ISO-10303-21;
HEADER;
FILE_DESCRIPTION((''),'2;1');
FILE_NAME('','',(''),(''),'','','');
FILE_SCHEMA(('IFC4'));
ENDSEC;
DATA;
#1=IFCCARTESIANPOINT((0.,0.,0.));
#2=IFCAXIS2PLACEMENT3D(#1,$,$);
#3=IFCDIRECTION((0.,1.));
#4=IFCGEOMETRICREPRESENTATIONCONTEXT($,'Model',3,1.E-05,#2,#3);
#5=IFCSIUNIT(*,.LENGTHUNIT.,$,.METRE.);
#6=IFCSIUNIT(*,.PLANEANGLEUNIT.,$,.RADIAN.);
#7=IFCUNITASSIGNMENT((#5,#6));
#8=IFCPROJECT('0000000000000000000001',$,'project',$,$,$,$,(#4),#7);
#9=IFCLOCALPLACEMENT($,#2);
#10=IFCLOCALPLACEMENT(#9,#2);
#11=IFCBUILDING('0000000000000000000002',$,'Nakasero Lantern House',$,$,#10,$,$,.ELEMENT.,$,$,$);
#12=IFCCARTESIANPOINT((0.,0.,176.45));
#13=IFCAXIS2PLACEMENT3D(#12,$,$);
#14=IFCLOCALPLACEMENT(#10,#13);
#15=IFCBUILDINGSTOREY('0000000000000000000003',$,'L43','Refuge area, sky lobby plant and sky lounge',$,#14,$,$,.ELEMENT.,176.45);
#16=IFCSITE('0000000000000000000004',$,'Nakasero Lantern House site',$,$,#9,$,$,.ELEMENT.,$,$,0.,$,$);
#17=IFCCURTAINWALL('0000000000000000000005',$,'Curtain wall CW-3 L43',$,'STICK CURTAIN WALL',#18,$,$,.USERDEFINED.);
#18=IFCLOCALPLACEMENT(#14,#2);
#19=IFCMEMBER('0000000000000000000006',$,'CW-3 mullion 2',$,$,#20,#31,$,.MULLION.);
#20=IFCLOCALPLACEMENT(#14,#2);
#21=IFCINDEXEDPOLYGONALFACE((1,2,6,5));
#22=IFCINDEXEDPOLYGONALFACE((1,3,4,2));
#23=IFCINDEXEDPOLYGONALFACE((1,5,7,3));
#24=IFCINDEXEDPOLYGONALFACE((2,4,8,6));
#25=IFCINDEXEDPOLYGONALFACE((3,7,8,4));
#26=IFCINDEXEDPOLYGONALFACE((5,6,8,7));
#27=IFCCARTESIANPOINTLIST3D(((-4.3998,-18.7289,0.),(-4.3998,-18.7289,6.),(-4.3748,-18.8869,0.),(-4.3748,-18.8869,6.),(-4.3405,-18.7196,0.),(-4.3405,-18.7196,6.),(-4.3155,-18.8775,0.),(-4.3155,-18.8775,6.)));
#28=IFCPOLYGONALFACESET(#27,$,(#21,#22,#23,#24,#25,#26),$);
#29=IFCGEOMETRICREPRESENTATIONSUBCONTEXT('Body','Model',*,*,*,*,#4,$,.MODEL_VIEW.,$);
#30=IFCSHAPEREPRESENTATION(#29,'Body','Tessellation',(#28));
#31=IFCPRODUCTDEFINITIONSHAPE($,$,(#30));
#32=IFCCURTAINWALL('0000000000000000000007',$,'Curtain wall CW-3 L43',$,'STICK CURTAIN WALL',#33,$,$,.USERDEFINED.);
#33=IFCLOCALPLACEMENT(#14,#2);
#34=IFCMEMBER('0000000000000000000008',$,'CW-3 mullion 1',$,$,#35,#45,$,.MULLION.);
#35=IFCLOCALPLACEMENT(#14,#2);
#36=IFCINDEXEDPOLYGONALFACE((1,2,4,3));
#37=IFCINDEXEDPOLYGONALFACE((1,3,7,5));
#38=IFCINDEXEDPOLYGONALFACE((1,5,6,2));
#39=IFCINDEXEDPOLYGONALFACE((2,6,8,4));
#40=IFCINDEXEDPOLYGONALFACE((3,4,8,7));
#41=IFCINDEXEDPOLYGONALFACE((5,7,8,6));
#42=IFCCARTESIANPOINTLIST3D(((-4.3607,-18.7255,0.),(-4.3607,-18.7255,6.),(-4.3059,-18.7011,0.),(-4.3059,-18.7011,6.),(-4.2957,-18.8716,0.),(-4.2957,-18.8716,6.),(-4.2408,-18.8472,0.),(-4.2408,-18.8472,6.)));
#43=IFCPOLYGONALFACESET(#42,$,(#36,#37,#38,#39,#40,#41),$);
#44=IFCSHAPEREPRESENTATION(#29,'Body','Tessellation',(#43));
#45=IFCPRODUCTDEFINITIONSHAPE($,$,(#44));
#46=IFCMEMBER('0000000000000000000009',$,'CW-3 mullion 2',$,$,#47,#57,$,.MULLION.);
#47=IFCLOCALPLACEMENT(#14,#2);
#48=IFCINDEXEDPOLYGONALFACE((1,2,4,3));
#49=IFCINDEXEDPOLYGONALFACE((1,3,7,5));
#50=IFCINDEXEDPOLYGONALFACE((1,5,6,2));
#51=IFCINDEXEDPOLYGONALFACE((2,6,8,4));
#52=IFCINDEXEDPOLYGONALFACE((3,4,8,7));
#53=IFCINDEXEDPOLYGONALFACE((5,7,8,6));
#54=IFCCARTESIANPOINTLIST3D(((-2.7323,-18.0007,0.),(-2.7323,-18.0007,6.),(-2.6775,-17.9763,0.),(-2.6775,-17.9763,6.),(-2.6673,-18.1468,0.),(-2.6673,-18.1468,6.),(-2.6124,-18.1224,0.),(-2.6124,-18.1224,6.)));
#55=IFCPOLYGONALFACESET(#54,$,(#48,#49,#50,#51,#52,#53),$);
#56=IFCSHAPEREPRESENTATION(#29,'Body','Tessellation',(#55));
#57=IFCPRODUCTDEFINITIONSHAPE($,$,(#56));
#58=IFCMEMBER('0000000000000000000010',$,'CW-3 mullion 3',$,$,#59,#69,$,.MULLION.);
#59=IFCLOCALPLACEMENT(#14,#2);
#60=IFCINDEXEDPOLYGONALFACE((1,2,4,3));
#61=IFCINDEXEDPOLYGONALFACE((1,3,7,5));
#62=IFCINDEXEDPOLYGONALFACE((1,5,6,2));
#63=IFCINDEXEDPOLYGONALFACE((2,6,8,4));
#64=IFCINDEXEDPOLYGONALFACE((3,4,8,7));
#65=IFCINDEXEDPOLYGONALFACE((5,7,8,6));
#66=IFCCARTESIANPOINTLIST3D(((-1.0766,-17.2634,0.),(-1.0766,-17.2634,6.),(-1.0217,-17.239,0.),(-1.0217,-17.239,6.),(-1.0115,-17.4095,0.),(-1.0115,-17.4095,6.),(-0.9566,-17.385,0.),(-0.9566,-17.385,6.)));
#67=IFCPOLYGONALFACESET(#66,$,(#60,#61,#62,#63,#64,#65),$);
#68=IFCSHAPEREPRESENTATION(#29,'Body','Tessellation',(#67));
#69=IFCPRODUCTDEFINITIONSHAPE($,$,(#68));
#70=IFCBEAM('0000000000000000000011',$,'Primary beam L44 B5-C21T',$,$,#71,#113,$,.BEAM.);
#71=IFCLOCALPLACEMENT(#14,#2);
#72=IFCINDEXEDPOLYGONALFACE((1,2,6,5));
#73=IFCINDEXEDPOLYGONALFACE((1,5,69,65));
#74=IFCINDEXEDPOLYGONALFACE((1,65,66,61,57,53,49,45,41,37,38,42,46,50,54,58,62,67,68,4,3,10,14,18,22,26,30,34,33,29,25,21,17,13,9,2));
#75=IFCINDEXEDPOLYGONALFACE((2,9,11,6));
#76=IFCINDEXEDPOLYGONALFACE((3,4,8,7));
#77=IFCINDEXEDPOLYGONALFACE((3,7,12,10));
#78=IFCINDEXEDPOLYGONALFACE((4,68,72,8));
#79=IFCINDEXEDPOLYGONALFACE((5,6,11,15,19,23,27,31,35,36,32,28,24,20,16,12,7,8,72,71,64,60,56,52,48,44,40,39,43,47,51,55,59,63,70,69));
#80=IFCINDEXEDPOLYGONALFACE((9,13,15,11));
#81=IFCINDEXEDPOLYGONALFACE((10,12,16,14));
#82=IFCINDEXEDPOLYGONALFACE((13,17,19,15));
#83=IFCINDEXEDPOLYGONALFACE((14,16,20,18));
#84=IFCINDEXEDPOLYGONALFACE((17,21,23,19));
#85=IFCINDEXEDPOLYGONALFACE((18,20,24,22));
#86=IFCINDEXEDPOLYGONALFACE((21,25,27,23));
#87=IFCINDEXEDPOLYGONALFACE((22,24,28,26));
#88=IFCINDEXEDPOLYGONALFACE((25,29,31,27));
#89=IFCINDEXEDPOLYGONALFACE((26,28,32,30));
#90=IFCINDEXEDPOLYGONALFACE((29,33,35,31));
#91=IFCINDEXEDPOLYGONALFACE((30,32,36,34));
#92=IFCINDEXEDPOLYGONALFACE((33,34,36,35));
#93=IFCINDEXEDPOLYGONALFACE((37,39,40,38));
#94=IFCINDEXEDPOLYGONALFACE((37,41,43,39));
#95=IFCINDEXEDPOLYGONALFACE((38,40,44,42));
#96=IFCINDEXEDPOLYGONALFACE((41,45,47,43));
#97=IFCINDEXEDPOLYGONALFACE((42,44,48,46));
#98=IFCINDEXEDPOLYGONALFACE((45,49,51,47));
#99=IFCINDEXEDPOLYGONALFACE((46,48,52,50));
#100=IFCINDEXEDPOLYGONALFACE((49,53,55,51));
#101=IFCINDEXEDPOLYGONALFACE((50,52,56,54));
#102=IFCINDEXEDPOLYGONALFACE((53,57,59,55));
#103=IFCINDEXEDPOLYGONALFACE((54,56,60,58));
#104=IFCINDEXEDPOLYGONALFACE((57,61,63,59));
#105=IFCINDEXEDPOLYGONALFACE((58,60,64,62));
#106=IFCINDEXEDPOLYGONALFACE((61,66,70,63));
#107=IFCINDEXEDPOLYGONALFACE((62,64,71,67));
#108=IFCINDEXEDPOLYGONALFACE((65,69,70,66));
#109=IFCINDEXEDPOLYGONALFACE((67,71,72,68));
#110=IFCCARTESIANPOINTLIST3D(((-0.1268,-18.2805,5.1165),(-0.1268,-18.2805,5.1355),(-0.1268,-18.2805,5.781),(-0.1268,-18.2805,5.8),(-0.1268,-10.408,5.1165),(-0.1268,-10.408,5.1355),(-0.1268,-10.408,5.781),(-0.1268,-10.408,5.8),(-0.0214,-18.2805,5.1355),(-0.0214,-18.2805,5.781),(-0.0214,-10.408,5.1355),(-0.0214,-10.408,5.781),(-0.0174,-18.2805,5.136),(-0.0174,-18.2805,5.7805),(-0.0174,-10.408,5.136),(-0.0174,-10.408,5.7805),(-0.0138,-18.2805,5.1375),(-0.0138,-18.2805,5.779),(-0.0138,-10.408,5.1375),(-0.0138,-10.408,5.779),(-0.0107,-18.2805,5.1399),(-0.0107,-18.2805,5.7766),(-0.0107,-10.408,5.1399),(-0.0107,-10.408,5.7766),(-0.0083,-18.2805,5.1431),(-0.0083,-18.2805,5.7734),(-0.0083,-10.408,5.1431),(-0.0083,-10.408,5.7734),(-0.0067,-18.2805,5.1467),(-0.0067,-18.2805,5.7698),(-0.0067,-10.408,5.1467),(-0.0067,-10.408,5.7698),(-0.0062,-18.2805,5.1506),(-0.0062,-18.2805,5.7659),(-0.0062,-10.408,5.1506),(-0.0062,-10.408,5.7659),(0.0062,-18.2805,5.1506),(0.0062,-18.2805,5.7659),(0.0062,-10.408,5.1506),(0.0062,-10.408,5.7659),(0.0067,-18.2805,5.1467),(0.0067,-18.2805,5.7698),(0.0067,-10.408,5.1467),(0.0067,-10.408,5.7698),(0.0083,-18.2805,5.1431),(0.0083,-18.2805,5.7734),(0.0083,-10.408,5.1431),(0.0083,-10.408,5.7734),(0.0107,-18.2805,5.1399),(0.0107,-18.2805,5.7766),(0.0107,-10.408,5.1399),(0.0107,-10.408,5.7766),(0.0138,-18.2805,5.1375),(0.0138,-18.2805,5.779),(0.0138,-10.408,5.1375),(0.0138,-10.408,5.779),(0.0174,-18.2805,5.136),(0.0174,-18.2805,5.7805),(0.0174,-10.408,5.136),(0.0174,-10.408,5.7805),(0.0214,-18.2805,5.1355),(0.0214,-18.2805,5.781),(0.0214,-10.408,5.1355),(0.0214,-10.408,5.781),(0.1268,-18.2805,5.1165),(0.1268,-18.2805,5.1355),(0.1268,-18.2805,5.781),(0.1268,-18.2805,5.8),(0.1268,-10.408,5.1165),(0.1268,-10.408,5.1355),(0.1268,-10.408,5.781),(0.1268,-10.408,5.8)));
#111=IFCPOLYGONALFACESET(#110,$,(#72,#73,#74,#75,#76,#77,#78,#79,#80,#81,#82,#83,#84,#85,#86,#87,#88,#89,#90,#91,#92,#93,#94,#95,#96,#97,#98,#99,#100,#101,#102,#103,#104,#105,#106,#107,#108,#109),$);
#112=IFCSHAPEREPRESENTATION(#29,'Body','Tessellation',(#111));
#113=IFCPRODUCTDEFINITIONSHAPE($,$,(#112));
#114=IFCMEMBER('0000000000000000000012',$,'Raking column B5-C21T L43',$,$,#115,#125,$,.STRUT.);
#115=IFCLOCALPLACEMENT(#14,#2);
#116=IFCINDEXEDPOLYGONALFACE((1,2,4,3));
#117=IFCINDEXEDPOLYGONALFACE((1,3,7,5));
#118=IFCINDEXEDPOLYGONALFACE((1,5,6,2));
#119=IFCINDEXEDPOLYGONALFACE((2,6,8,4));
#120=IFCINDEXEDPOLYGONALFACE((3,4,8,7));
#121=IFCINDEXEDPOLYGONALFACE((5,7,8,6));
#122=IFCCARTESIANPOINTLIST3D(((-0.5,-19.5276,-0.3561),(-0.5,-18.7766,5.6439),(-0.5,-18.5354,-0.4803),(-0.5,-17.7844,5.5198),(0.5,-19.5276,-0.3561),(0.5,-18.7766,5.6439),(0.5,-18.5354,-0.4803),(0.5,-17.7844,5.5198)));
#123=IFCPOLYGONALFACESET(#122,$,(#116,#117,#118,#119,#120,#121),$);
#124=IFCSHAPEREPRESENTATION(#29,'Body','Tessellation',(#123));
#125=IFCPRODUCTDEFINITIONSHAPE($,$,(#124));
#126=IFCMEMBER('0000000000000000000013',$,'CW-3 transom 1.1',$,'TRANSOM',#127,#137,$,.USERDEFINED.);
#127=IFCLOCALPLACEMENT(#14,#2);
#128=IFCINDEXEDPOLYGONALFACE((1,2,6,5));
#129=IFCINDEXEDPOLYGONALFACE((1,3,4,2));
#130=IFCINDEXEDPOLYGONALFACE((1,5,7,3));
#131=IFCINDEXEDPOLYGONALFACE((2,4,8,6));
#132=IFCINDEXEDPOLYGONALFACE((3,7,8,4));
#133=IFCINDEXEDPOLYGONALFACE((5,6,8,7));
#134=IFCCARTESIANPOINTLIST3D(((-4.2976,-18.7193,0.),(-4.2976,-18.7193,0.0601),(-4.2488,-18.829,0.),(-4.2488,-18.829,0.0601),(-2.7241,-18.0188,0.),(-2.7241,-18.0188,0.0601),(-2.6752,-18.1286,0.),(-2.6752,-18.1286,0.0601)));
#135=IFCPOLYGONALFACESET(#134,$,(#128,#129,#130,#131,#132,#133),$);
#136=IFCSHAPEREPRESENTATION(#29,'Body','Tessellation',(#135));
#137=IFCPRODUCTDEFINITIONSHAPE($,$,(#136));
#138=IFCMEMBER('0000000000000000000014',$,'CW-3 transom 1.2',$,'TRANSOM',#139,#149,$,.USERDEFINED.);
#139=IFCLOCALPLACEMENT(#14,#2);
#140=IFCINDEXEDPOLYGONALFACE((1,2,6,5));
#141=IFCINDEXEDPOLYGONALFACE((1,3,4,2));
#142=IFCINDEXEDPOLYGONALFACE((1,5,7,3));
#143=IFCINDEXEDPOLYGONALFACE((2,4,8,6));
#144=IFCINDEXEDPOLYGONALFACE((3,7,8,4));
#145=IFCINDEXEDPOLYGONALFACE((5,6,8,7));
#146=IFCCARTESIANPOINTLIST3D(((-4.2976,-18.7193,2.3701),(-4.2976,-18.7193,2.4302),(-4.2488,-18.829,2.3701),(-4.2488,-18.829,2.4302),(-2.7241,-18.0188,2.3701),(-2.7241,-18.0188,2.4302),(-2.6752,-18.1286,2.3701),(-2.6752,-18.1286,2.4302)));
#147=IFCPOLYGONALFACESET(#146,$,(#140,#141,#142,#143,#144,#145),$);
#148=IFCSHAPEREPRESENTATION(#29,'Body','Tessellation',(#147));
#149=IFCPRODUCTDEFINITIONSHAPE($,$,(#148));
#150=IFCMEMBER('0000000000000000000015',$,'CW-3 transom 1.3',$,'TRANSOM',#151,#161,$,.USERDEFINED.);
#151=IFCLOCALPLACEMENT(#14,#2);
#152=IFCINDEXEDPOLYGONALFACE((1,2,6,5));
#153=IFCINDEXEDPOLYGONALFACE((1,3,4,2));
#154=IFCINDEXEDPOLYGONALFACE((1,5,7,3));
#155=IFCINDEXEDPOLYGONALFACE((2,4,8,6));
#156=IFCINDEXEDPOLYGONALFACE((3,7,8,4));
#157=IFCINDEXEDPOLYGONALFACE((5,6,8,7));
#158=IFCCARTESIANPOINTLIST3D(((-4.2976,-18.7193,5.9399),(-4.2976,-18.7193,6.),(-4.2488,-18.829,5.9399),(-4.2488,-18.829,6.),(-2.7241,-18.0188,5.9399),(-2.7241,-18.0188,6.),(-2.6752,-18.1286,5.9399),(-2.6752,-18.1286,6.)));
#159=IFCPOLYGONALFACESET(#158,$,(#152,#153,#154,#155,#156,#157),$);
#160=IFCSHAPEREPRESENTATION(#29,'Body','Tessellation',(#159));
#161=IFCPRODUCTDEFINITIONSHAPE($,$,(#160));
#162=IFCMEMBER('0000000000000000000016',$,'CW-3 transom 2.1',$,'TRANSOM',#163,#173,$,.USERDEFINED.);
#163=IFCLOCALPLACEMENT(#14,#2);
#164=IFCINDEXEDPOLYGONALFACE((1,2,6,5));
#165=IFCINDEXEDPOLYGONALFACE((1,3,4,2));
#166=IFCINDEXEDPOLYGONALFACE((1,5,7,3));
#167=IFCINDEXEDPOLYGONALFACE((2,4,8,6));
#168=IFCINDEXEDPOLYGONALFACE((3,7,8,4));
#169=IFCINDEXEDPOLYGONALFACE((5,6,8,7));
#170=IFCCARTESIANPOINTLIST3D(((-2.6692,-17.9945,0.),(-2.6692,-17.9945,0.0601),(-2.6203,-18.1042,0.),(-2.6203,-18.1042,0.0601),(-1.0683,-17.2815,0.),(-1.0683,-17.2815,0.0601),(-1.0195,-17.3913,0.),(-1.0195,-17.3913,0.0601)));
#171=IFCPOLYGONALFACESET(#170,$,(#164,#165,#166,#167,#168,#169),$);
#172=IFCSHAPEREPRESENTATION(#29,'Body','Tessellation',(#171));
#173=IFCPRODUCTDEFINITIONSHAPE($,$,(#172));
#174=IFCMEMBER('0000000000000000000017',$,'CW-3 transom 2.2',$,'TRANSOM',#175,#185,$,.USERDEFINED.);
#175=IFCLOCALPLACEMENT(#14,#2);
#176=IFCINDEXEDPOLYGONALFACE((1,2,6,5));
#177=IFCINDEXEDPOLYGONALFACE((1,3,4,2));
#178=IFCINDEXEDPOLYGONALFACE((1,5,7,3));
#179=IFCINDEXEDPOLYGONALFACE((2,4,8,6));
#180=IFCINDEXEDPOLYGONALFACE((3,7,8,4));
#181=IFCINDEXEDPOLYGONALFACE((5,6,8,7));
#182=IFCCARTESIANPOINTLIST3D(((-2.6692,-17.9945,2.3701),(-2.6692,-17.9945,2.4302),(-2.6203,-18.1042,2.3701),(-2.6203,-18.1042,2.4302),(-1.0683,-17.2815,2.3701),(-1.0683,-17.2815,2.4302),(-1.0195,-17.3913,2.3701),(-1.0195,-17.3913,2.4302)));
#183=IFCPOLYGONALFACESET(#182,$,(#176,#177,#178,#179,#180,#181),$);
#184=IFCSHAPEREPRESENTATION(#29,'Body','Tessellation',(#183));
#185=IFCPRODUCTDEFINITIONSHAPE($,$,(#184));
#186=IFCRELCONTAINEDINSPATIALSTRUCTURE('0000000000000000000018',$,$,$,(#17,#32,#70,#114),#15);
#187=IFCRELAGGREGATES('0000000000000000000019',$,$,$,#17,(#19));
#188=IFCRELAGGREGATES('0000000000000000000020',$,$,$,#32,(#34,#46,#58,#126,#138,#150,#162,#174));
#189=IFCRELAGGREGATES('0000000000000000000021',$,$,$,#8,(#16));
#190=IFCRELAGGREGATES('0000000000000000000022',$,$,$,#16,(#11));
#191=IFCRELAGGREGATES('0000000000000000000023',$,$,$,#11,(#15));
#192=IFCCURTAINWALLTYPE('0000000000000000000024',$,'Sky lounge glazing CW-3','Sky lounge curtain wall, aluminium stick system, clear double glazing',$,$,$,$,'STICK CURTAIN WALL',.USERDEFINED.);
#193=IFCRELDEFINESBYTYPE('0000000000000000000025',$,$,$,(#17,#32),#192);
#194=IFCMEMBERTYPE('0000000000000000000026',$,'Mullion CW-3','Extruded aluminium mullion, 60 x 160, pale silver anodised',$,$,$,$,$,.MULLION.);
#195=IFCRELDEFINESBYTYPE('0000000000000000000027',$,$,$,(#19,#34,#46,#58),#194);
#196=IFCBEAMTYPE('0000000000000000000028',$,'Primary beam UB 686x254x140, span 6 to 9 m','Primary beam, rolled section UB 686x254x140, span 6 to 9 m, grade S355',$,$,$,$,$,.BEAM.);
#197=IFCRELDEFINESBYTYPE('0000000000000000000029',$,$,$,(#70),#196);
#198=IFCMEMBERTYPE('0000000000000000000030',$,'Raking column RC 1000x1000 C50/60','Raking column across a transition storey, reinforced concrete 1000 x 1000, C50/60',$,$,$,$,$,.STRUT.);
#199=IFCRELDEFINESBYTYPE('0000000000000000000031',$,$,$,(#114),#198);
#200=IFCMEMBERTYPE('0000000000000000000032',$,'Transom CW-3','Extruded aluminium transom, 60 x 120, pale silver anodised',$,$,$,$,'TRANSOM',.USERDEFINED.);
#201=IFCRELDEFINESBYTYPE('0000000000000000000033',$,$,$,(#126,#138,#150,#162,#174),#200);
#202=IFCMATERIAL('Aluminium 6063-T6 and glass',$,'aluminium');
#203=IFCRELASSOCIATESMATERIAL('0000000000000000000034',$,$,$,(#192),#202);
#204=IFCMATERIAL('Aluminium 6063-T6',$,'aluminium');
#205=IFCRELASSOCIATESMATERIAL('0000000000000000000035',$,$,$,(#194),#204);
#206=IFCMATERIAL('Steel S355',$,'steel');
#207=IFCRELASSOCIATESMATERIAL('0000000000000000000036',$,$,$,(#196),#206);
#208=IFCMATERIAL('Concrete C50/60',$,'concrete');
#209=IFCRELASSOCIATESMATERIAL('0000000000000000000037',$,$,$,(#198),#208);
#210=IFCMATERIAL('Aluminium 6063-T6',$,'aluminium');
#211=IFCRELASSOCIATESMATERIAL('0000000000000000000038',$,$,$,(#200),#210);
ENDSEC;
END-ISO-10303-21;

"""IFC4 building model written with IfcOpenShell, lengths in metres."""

from ifc_helpers import new_model, si_unit, direction, frame, origin, origin_2d, place, context, subcontext, project, spatial, rectangle, i_section, extrude, material, material_profile, profile_set, type_object, element, aggregate, save


model = new_model("IFC4")

# Units and contexts
model_context = context("Model", 3, precision=1e-05, world=origin(), true_north=direction((0.0, 1.0)))
body_context = subcontext(model_context, "Body", "Model", "MODEL_VIEW")
ifc_project = project(units=[si_unit("LENGTHUNIT", "METRE"), si_unit("PLANEANGLEUNIT", "RADIAN")], contexts=[model_context])

# Site, building, storey
site_placement = place(None, origin())
site = spatial("IfcSite", under=ifc_project, at=site_placement, Name="Nakasero Lantern House site", CompositionType="ELEMENT", RefElevation=0.0)
building_placement = place(site_placement, origin())
building = spatial("IfcBuilding", under=site, at=building_placement, Name="Nakasero Lantern House", CompositionType="ELEMENT")
storey_placement = place(building_placement, frame((0.0, 0.0, 176.45)))
storey = spatial("IfcBuildingStorey", under=building, at=storey_placement, Name="L43", Description="Refuge area, sky lobby plant and sky lounge", CompositionType="ELEMENT", Elevation=176.45)

# Curtain wall, member
ifc_material_1 = material(Name="Aluminium 6063-T6 and glass", Category="aluminium")
curtain_wall_type = type_object("IfcCurtainWallType", Name="Sky lounge glazing CW-3", Description="Sky lounge curtain wall, aluminium stick system, clear double glazing", ElementType="STICK CURTAIN WALL", PredefinedType="USERDEFINED", material=ifc_material_1)
curtain_wall_1_placement = place(storey_placement, origin())
curtain_wall_1 = element("IfcCurtainWall", 1, at=curtain_wall_1_placement, inside=storey, type_object=curtain_wall_type, Name="Curtain wall CW-3 L43", ObjectType="STICK CURTAIN WALL", PredefinedType="USERDEFINED")
ifc_material_2 = material(Name="Aluminium 6063-T6", Category="aluminium")
ifc_material_profile_1 = material_profile(ifc_material_2, rectangle(XDim=0.0601, YDim=0.1599, at=origin_2d()), Name="CW-3 mullion 60x160")
ifc_profile_set_1 = profile_set([ifc_material_profile_1], Name="Aluminium 6063-T6")
member_type_1 = type_object("IfcMemberType", Name="Mullion CW-3", Description="Extruded aluminium mullion, 60 x 160, pale silver anodised", PredefinedType="MULLION", material=ifc_profile_set_1)
member_1_placement = place(storey_placement, frame((-4.3577, -18.8032, 0.0), z_axis=(0.0, 0.0, 1.0), x_axis=(0.987688, 0.156434, 0.0)))
member_1 = element("IfcMember", 2, at=member_1_placement, type_object=member_type_1, Name="CW-3 mullion 2", PredefinedType="MULLION", context=body_context, shape_type="SweptSolid", body=[
    extrude(rectangle(XDim=0.0601, YDim=0.1599, at=origin_2d()), origin(), (0.0, 0.0, 1.0), 6.0),
])
aggregate(curtain_wall_1, [member_1])

# Curtain wall, members
curtain_wall_2_placement = place(storey_placement, origin())
curtain_wall_2 = element("IfcCurtainWall", 3, at=curtain_wall_2_placement, inside=storey, type_object=curtain_wall_type, Name="Curtain wall CW-3 L43", ObjectType="STICK CURTAIN WALL", PredefinedType="USERDEFINED")
member_2_placement = place(storey_placement, frame((-4.3008, -18.7864, 0.0), z_axis=(0.0, 0.0, 1.0), x_axis=(0.913545, 0.406737, 0.0)))
member_2 = element("IfcMember", 4, at=member_2_placement, type_object=member_type_1, Name="CW-3 mullion 1", PredefinedType="MULLION", context=body_context, shape_type="SweptSolid", body=[
    extrude(rectangle(XDim=0.0601, YDim=0.1599, at=origin_2d()), origin(), (0.0, 0.0, 1.0), 6.0),
])
member_3_placement = place(storey_placement, frame((-2.6724, -18.0615, 0.0), z_axis=(0.0, 0.0, 1.0), x_axis=(0.913545, 0.406737, 0.0)))
member_3 = element("IfcMember", 5, at=member_3_placement, type_object=member_type_1, Name="CW-3 mullion 2", PredefinedType="MULLION", context=body_context, shape_type="SweptSolid", body=[
    extrude(rectangle(XDim=0.0601, YDim=0.1599, at=origin_2d()), origin(), (0.0, 0.0, 1.0), 6.0),
])
member_4_placement = place(storey_placement, frame((-1.0166, -17.3242, 0.0), z_axis=(0.0, 0.0, 1.0), x_axis=(0.913545, 0.406737, 0.0)))
member_4 = element("IfcMember", 6, at=member_4_placement, type_object=member_type_1, Name="CW-3 mullion 3", PredefinedType="MULLION", context=body_context, shape_type="SweptSolid", body=[
    extrude(rectangle(XDim=0.0601, YDim=0.1599, at=origin_2d()), origin(), (0.0, 0.0, 1.0), 6.0),
])

# Beam
ifc_material_3 = material(Name="Steel S355", Category="steel")
ifc_material_profile_2 = material_profile(ifc_material_3, i_section(OverallWidth=0.2537, OverallDepth=0.6836, WebThickness=0.0125, FlangeThickness=0.019, FilletRadius=0.0151, at=origin_2d()), Name="UB 686x254x140")
ifc_profile_set_2 = profile_set([ifc_material_profile_2], Name="Steel S355")
beam_type = type_object("IfcBeamType", Name="Primary beam UB 686x254x140, span 6 to 9 m", Description="Primary beam, rolled section UB 686x254x140, span 6 to 9 m, grade S355", PredefinedType="BEAM", material=ifc_profile_set_2)
beam_placement = place(storey_placement, frame((0.0, -18.2805, 5.4583), z_axis=(0.0, 1.0, 0.0), x_axis=(-1.0, 0.0, 0.0)))
element("IfcBeam", 7, at=beam_placement, inside=storey, type_object=beam_type, Name="Primary beam L44 B5-C21T", PredefinedType="BEAM", context=body_context, shape_type="SweptSolid", body=[
    extrude(i_section(OverallWidth=0.2537, OverallDepth=0.6836, WebThickness=0.0125, FlangeThickness=0.019, FilletRadius=0.0151, at=origin_2d()), origin(), (0.0, 0.0, 1.0), 7.8726),
])

# Members
ifc_material_4 = material(Name="Concrete C50/60", Category="concrete")
ifc_material_profile_3 = material_profile(ifc_material_4, rectangle(XDim=1.0, YDim=1.0, at=origin_2d()), Name="RC 1000x1000")
ifc_profile_set_3 = profile_set([ifc_material_profile_3], Name="Concrete C50/60")
member_type_2 = type_object("IfcMemberType", Name="Raking column RC 1000x1000 C50/60", Description="Raking column across a transition storey, reinforced concrete 1000 x 1000, C50/60", PredefinedType="STRUT", material=ifc_profile_set_3)
member_5_placement = place(storey_placement, frame((0.0, -19.0315, -0.4182), z_axis=(0.0, 0.124194, 0.992258), x_axis=(-1.0, 0.0, 0.0)))
element("IfcMember", 8, at=member_5_placement, inside=storey, type_object=member_type_2, Name="Raking column B5-C21T L43", PredefinedType="STRUT", context=body_context, shape_type="SweptSolid", body=[
    extrude(rectangle(XDim=1.0, YDim=1.0, at=origin_2d()), origin(), (0.0, 0.0, 1.0), 6.0469),
])
ifc_material_5 = material(Name="Aluminium 6063-T6", Category="aluminium")
ifc_material_profile_4 = material_profile(ifc_material_5, rectangle(XDim=0.0601, YDim=0.1201, at=origin_2d()), Name="CW-3 transom 60x120")
ifc_profile_set_4 = profile_set([ifc_material_profile_4], Name="Aluminium 6063-T6")
member_type_3 = type_object("IfcMemberType", Name="Transom CW-3", Description="Extruded aluminium transom, 60 x 120, pale silver anodised", ElementType="TRANSOM", PredefinedType="USERDEFINED", material=ifc_profile_set_4)
member_6_placement = place(storey_placement, frame((-4.2732, -18.7742, 0.03), z_axis=(0.913572, 0.406678, 0.0), x_axis=(0.0, 0.0, 1.0)))
member_6 = element("IfcMember", 9, at=member_6_placement, type_object=member_type_3, Name="CW-3 transom 1.1", ObjectType="TRANSOM", PredefinedType="USERDEFINED", context=body_context, shape_type="SweptSolid", body=[
    extrude(rectangle(XDim=0.0601, YDim=0.1201, at=origin_2d()), origin(), (0.0, 0.0, 1.0), 1.7224),
])
member_7_placement = place(storey_placement, frame((-4.2732, -18.7742, 2.4001), z_axis=(0.913572, 0.406678, 0.0), x_axis=(0.0, 0.0, 1.0)))
member_7 = element("IfcMember", 10, at=member_7_placement, type_object=member_type_3, Name="CW-3 transom 1.2", ObjectType="TRANSOM", PredefinedType="USERDEFINED", context=body_context, shape_type="SweptSolid", body=[
    extrude(rectangle(XDim=0.0601, YDim=0.1201, at=origin_2d()), origin(), (0.0, 0.0, 1.0), 1.7224),
])
member_8_placement = place(storey_placement, frame((-4.2732, -18.7742, 5.97), z_axis=(0.913572, 0.406678, 0.0), x_axis=(0.0, 0.0, 1.0)))
member_8 = element("IfcMember", 11, at=member_8_placement, type_object=member_type_3, Name="CW-3 transom 1.3", ObjectType="TRANSOM", PredefinedType="USERDEFINED", context=body_context, shape_type="SweptSolid", body=[
    extrude(rectangle(XDim=0.0601, YDim=0.1201, at=origin_2d()), origin(), (0.0, 0.0, 1.0), 1.7224),
])
member_9_placement = place(storey_placement, frame((-2.6448, -18.0493, 0.03), z_axis=(0.913513, 0.406811, 0.0), x_axis=(0.0, 0.0, 1.0)))
member_9 = element("IfcMember", 12, at=member_9_placement, type_object=member_type_3, Name="CW-3 transom 2.1", ObjectType="TRANSOM", PredefinedType="USERDEFINED", context=body_context, shape_type="SweptSolid", body=[
    extrude(rectangle(XDim=0.0601, YDim=0.1201, at=origin_2d()), origin(), (0.0, 0.0, 1.0), 1.7524),
])
member_10_placement = place(storey_placement, frame((-2.6448, -18.0493, 2.4001), z_axis=(0.913513, 0.406811, 0.0), x_axis=(0.0, 0.0, 1.0)))
member_10 = element("IfcMember", 13, at=member_10_placement, type_object=member_type_3, Name="CW-3 transom 2.2", ObjectType="TRANSOM", PredefinedType="USERDEFINED", context=body_context, shape_type="SweptSolid", body=[
    extrude(rectangle(XDim=0.0601, YDim=0.1201, at=origin_2d()), origin(), (0.0, 0.0, 1.0), 1.7524),
])

aggregate(curtain_wall_2, [member_2, member_3, member_4, member_6, member_7, member_8, member_9, member_10])

save(model, "model.ifc")
